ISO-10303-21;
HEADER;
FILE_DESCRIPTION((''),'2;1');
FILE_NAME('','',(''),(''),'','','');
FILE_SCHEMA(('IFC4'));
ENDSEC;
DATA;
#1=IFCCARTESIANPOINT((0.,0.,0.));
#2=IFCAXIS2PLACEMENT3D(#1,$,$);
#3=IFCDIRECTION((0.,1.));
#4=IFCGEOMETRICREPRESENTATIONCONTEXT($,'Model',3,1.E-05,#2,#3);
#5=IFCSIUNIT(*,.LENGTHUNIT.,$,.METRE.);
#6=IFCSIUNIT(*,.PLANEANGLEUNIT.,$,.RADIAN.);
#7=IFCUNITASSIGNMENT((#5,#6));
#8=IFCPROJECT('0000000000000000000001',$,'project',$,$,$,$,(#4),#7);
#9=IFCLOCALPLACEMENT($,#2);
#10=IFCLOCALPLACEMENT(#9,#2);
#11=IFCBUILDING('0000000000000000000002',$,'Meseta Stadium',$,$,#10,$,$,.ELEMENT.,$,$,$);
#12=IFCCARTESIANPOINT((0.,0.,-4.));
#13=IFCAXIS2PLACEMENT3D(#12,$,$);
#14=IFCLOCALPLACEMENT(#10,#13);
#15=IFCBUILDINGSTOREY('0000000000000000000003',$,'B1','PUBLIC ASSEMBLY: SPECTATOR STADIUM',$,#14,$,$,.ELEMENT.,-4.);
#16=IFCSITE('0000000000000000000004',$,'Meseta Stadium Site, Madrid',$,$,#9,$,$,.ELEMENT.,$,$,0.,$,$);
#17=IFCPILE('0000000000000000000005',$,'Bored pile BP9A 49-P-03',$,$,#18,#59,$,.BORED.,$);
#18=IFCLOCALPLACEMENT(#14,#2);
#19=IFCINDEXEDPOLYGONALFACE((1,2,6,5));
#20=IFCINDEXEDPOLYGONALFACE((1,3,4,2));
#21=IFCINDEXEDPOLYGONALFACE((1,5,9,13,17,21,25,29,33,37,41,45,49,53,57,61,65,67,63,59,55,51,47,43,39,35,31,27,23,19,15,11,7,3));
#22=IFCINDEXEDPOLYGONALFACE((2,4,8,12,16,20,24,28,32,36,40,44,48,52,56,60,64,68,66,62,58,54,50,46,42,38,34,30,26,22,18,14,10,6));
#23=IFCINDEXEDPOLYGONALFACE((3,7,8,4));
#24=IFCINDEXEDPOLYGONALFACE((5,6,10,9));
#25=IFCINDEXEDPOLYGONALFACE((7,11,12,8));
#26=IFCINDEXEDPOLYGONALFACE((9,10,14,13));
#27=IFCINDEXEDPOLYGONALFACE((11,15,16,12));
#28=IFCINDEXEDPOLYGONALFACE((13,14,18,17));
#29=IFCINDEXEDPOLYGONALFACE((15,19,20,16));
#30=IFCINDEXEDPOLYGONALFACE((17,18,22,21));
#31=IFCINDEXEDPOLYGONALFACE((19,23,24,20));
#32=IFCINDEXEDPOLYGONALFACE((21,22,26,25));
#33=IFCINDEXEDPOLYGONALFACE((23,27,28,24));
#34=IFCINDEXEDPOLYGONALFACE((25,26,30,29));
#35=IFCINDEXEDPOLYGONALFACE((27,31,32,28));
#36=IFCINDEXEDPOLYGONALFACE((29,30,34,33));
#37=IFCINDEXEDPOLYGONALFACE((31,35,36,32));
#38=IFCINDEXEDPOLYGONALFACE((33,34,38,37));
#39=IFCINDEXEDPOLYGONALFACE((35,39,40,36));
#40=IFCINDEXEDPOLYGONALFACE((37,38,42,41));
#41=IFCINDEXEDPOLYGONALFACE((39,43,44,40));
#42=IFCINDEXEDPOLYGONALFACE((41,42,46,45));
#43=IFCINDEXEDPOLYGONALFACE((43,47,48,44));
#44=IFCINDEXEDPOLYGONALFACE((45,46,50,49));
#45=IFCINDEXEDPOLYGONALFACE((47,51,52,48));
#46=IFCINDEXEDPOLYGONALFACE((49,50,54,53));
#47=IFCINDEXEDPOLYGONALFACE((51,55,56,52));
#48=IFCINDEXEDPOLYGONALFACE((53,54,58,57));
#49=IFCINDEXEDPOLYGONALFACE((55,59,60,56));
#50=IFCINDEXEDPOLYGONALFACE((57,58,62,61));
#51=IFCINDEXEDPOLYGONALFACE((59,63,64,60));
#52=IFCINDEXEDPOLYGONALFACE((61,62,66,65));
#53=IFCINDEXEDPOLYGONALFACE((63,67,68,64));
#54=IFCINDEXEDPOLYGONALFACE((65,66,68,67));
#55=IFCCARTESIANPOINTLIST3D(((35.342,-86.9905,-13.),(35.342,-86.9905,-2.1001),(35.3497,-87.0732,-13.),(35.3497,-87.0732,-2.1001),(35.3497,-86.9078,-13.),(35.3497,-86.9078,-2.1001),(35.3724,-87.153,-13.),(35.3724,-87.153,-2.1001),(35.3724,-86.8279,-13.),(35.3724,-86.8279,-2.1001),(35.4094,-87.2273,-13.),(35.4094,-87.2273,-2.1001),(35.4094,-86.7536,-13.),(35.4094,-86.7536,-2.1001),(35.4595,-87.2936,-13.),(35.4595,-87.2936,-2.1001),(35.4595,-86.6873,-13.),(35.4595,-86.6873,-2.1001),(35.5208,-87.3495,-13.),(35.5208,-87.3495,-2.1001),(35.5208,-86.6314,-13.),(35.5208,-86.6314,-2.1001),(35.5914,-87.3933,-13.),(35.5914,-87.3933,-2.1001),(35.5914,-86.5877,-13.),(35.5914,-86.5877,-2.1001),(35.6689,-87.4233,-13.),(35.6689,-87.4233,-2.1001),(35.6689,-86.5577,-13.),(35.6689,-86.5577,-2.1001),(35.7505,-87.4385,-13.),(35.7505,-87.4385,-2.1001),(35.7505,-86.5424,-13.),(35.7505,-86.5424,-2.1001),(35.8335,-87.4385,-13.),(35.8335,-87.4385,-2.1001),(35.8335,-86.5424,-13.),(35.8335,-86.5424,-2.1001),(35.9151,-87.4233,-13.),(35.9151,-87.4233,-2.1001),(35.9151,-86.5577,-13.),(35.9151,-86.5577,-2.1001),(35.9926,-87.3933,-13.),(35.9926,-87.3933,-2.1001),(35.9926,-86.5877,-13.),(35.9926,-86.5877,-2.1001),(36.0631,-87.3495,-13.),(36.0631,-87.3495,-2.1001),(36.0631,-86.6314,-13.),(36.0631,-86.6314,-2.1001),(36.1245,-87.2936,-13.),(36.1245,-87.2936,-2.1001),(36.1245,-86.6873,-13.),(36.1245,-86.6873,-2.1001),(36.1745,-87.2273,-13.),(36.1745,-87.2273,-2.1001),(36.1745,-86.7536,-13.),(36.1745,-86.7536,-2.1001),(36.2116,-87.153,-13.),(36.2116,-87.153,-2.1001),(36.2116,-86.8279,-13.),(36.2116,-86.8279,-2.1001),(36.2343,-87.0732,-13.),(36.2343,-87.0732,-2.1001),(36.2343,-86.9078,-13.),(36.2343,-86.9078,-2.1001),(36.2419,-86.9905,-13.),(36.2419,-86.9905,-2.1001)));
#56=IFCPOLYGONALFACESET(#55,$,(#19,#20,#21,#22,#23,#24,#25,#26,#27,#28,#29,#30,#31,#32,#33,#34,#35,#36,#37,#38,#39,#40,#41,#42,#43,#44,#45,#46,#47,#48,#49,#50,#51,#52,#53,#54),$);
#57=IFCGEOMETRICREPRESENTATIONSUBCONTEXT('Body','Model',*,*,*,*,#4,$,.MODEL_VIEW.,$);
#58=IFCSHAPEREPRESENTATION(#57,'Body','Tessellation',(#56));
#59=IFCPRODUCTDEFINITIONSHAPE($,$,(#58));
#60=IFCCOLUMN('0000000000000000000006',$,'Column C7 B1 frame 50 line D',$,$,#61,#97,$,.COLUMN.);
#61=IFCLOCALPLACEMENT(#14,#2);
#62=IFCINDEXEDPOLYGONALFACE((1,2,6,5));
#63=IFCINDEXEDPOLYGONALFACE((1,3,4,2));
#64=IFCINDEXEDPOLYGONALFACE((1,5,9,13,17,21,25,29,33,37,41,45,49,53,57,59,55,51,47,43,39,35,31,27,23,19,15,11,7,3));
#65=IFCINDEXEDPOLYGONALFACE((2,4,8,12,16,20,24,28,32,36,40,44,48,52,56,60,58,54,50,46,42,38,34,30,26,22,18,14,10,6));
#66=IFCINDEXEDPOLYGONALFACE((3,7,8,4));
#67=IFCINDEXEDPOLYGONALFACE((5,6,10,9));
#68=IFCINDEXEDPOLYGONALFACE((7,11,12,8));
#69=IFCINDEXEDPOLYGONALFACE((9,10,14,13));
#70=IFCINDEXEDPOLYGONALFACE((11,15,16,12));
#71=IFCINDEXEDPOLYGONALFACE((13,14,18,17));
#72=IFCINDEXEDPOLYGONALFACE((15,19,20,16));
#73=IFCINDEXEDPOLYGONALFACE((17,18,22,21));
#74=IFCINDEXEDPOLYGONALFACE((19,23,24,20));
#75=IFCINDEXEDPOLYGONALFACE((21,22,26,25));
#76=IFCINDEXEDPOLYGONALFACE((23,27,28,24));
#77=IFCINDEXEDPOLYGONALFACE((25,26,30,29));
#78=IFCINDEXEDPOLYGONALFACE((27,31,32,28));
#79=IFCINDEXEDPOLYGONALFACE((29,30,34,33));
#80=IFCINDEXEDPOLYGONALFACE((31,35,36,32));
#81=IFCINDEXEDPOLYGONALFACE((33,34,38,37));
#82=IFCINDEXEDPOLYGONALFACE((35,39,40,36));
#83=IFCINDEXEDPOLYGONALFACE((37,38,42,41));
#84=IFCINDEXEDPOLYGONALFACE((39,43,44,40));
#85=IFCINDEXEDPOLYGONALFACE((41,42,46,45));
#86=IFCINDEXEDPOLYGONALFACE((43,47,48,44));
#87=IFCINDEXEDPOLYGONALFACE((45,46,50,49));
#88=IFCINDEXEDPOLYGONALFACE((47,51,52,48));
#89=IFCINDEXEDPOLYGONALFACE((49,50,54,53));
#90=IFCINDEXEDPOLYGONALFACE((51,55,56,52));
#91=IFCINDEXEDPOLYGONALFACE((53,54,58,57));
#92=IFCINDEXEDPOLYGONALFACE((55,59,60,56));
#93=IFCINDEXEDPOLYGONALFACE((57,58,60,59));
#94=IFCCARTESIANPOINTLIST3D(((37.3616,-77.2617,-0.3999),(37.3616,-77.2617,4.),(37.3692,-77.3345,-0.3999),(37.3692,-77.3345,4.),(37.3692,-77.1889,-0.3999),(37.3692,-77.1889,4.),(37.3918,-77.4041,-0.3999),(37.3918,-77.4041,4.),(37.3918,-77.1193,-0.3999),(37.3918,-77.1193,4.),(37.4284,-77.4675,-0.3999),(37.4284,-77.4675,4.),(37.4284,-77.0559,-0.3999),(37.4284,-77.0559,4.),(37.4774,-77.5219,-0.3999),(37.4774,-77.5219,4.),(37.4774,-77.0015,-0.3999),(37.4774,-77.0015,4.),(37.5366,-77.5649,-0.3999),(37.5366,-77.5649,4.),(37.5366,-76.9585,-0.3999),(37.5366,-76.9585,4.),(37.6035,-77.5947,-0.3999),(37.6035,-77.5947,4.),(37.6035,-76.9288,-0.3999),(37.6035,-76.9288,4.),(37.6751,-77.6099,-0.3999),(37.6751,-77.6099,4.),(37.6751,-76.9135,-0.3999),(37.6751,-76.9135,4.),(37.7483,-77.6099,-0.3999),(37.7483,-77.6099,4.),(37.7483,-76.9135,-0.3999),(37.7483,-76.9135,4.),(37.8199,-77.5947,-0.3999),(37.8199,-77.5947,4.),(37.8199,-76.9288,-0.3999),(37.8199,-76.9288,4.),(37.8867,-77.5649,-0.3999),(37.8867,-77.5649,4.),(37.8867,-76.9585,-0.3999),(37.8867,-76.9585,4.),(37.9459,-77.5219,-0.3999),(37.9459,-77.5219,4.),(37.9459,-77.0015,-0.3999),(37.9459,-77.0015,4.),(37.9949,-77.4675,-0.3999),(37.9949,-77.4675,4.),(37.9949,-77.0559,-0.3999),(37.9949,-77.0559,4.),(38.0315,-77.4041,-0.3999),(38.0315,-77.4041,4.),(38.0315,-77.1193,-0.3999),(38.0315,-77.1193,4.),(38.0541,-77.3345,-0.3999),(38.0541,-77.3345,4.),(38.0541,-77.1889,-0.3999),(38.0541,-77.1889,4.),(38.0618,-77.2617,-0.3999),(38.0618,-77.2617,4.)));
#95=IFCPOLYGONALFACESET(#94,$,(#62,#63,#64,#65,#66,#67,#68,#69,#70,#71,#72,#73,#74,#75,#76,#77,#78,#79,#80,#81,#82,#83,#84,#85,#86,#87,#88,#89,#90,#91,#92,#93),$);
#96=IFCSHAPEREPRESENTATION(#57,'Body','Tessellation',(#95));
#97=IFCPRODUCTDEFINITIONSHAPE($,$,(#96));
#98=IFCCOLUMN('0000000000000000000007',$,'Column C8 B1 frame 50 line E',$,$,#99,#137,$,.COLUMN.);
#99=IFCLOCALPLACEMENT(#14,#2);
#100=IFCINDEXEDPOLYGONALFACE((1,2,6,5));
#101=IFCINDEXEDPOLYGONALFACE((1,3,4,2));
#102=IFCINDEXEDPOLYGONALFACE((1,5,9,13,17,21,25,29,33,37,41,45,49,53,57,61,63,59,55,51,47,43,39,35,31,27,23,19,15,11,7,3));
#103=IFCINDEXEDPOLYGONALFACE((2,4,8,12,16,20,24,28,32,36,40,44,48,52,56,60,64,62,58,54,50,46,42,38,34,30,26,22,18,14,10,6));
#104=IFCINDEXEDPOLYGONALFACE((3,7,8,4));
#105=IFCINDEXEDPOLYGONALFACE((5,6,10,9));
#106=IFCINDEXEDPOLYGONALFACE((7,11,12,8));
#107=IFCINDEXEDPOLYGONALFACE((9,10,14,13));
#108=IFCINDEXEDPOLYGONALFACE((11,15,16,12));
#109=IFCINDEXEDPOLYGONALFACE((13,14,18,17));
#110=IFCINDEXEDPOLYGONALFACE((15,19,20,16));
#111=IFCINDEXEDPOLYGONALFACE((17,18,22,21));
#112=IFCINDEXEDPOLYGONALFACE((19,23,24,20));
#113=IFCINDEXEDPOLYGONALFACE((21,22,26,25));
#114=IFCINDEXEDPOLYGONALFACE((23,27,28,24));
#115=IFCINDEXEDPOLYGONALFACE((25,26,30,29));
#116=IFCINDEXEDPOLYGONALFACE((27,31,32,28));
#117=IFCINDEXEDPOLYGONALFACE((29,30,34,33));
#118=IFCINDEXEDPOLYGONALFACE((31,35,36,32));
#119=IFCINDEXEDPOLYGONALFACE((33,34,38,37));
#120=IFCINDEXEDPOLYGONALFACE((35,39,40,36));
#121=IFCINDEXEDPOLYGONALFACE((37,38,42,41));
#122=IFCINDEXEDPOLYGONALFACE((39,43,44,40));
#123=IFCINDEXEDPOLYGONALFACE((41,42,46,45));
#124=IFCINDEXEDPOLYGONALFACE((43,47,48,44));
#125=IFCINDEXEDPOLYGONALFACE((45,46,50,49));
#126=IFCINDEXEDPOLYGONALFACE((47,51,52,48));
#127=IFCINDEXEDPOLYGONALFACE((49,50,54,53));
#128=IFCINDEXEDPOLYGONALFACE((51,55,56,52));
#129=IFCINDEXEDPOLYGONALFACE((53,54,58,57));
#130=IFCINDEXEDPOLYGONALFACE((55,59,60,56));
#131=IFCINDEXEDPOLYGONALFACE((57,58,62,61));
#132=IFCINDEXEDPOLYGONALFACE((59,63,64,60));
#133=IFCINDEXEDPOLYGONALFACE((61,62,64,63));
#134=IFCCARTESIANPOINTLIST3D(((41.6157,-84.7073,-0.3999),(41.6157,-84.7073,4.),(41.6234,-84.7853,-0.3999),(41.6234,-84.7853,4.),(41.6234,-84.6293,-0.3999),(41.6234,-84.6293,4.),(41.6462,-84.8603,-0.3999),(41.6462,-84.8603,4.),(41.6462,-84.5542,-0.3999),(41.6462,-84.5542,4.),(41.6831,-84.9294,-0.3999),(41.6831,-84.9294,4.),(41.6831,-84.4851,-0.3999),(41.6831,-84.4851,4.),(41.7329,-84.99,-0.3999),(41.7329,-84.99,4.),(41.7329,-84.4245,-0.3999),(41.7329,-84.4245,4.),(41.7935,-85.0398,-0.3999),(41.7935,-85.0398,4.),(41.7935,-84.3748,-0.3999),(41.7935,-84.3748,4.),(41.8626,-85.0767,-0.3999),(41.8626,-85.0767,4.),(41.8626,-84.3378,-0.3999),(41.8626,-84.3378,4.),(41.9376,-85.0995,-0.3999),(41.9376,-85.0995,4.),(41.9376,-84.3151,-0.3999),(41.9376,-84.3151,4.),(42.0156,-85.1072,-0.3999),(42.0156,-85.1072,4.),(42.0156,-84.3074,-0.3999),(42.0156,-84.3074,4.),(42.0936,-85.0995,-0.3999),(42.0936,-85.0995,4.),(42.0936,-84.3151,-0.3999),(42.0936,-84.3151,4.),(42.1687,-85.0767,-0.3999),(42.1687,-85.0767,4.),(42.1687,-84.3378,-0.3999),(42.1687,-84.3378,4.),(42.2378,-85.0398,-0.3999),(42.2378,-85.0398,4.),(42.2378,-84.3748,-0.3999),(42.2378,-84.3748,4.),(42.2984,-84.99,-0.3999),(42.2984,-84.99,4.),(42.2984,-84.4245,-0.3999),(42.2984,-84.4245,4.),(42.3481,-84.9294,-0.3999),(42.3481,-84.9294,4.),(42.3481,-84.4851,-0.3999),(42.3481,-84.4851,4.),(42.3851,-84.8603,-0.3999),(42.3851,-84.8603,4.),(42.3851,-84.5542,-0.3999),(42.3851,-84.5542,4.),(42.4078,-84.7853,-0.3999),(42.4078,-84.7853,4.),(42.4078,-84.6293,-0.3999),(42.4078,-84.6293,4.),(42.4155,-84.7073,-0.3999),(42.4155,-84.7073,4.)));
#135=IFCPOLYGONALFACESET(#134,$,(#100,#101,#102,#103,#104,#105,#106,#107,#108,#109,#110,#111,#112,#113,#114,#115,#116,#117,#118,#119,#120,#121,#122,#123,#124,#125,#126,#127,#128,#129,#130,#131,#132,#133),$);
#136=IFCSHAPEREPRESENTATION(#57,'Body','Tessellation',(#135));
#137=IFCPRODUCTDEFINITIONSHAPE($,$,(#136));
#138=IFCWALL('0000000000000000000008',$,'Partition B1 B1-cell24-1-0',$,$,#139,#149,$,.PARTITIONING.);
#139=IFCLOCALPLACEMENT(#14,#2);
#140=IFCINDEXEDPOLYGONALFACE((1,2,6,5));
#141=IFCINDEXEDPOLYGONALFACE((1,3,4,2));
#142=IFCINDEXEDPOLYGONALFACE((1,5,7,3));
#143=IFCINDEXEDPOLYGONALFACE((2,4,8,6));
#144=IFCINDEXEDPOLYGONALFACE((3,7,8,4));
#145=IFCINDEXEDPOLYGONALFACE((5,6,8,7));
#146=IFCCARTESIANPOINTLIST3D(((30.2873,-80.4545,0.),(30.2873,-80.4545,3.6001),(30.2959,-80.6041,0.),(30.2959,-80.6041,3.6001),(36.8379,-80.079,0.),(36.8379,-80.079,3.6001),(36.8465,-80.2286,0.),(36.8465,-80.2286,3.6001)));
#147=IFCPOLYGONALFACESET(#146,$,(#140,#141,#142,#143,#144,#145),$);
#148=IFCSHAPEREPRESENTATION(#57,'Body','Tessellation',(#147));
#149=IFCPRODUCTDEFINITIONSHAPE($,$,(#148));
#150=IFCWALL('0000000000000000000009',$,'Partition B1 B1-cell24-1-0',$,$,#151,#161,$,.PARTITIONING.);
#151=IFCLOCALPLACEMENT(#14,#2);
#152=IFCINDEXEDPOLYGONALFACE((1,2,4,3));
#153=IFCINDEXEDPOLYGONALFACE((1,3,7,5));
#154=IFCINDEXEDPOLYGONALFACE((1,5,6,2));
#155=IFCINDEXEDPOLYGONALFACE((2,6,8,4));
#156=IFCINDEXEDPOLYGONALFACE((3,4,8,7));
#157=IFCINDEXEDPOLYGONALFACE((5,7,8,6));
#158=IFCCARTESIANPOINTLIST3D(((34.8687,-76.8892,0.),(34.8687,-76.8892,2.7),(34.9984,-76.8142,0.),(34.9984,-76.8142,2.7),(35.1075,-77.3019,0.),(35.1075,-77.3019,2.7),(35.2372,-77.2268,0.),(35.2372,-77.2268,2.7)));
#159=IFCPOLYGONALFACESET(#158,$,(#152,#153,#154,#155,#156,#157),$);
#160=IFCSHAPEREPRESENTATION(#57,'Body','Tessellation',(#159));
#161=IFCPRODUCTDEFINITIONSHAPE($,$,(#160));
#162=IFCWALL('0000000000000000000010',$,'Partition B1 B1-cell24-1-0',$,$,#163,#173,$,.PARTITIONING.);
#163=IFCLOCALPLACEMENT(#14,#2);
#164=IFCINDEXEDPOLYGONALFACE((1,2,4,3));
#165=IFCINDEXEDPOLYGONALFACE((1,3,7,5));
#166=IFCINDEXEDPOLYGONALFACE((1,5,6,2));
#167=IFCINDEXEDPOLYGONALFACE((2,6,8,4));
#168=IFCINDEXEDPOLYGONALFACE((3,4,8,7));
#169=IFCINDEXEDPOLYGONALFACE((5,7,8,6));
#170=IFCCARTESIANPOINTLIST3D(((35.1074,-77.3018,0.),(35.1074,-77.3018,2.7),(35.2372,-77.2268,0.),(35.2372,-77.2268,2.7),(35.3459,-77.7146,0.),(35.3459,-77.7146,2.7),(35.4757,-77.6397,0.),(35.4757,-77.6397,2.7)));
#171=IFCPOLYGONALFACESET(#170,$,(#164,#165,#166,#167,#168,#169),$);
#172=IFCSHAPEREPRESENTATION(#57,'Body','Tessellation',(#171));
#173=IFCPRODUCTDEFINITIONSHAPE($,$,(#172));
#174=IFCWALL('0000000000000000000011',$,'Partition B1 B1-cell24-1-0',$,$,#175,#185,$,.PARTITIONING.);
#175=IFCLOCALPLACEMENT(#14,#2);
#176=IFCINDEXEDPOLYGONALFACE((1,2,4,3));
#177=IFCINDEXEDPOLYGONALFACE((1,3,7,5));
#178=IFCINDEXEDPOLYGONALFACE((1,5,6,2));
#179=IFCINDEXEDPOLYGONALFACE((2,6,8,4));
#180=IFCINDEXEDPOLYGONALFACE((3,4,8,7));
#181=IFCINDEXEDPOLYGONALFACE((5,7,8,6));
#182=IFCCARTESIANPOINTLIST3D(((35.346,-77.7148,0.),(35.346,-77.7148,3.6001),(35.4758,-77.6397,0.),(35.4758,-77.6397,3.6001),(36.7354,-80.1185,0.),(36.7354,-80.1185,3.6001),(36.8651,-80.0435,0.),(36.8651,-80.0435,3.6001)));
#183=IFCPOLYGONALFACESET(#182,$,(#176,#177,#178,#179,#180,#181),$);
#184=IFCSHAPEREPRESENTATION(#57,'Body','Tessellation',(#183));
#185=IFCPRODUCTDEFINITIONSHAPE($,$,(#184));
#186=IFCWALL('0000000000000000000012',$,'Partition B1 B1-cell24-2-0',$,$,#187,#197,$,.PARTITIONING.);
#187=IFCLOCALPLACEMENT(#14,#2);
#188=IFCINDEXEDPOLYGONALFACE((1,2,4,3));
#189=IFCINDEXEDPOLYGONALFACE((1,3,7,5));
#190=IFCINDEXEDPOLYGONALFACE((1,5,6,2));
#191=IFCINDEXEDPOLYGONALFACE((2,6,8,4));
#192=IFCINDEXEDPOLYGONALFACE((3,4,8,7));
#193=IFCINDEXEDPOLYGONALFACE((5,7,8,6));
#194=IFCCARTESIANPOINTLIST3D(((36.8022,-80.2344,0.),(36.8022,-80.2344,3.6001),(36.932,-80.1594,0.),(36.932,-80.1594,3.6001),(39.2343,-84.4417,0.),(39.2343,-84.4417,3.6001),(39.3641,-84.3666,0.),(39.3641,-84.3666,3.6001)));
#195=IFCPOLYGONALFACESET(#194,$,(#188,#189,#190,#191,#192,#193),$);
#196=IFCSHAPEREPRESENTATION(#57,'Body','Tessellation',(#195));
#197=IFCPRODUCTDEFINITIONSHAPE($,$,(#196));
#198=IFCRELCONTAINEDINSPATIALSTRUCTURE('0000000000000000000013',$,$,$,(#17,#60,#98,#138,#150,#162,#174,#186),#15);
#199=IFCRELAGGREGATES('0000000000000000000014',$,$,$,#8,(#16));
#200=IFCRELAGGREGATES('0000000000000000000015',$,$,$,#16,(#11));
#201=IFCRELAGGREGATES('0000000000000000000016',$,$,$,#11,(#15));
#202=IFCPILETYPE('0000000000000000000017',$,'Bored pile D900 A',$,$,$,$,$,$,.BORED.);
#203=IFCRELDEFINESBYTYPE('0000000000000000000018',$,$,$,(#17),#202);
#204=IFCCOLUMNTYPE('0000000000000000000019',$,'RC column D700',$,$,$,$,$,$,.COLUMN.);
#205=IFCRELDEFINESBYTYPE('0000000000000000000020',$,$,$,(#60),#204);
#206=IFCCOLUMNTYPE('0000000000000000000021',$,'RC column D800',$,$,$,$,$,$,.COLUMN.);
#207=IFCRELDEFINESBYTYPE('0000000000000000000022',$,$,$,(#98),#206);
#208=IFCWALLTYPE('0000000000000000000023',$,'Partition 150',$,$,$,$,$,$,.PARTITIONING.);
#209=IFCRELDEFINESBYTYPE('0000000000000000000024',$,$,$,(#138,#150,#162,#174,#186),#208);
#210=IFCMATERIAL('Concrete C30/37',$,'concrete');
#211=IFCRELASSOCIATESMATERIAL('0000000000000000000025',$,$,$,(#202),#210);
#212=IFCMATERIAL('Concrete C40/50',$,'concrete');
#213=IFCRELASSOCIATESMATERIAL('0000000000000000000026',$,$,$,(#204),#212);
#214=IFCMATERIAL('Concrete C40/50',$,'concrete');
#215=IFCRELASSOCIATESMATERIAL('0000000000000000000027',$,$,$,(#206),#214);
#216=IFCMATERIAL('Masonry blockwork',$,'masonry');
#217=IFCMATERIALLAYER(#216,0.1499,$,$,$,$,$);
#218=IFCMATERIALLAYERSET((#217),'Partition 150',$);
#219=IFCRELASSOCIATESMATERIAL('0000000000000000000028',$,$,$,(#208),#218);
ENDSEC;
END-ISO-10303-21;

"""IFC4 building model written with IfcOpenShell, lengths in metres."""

from ifc_helpers import new_model, si_unit, direction, frame, frame_2d, origin, origin_2d, place, context, subcontext, project, spatial, rectangle, circle, extrude, material, layer, layer_set, material_profile, profile_set, type_object, element, save


model = new_model("IFC4")

# Units and contexts
model_context = context("Model", 3, precision=1e-05, world=origin(), true_north=direction((0.0, 1.0)))
body_context = subcontext(model_context, "Body", "Model", "MODEL_VIEW")
ifc_project = project(units=[si_unit("LENGTHUNIT", "METRE"), si_unit("PLANEANGLEUNIT", "RADIAN")], contexts=[model_context])

# Site, building, storey
site_placement = place(None, origin())
site = spatial("IfcSite", under=ifc_project, at=site_placement, Name="Meseta Stadium Site, Madrid", CompositionType="ELEMENT", RefElevation=0.0)
building_placement = place(site_placement, origin())
building = spatial("IfcBuilding", under=site, at=building_placement, Name="Meseta Stadium", CompositionType="ELEMENT")
storey_placement = place(building_placement, frame((0.0, 0.0, -4.0)))
storey = spatial("IfcBuildingStorey", under=building, at=storey_placement, Name="B1", Description="PUBLIC ASSEMBLY: SPECTATOR STADIUM", CompositionType="ELEMENT", Elevation=-4.0)

# Pile
ifc_material_1 = material(Name="Concrete C30/37", Category="concrete")
ifc_material_profile_1 = material_profile(ifc_material_1, circle(Radius=0.45, at=origin_2d()), Name="D900")
ifc_profile_set_1 = profile_set([ifc_material_profile_1], Name="Concrete C30/37")
pile_type = type_object("IfcPileType", Name="Bored pile D900 A", PredefinedType="BORED", material=ifc_profile_set_1)
pile_placement = place(storey_placement, frame((35.792, -86.9905, -2.1001), z_axis=(0.0, 0.0, -1.0), x_axis=(1.0, 0.0, 0.0)))
element("IfcPile", 1, at=pile_placement, inside=storey, type_object=pile_type, Name="Bored pile BP9A 49-P-03", PredefinedType="BORED", context=body_context, shape_type="SweptSolid", body=[
    extrude(circle(Radius=0.45, at=origin_2d()), origin(), (0.0, 0.0, 1.0), 10.8999),
])

# Columns
ifc_material_2 = material(Name="Concrete C40/50", Category="concrete")
ifc_material_profile_2 = material_profile(ifc_material_2, circle(Radius=0.3501, at=origin_2d()), Name="RC D700")
ifc_profile_set_2 = profile_set([ifc_material_profile_2], Name="Concrete C40/50")
column_type_1 = type_object("IfcColumnType", Name="RC column D700", PredefinedType="COLUMN", material=ifc_profile_set_2)
column_1_placement = place(storey_placement, frame((37.7117, -77.2617, -0.3999), z_axis=(0.0, 0.0, 1.0), x_axis=(1.0, 0.0, 0.0)))
element("IfcColumn", 2, at=column_1_placement, inside=storey, type_object=column_type_1, Name="Column C7 B1 frame 50 line D", PredefinedType="COLUMN", context=body_context, shape_type="SweptSolid", body=[
    extrude(circle(Radius=0.3501, at=origin_2d()), origin(), (0.0, 0.0, 1.0), 4.3999),
])
ifc_material_3 = material(Name="Concrete C40/50", Category="concrete")
ifc_material_profile_3 = material_profile(ifc_material_3, circle(Radius=0.3999, at=origin_2d()), Name="RC D800")
ifc_profile_set_3 = profile_set([ifc_material_profile_3], Name="Concrete C40/50")
column_type_2 = type_object("IfcColumnType", Name="RC column D800", PredefinedType="COLUMN", material=ifc_profile_set_3)
column_2_placement = place(storey_placement, frame((42.0156, -84.7073, -0.3999), z_axis=(0.0, 0.0, 1.0), x_axis=(1.0, 0.0, 0.0)))
element("IfcColumn", 3, at=column_2_placement, inside=storey, type_object=column_type_2, Name="Column C8 B1 frame 50 line E", PredefinedType="COLUMN", context=body_context, shape_type="SweptSolid", body=[
    extrude(circle(Radius=0.3999, at=origin_2d()), origin(), (0.0, 0.0, 1.0), 4.3999),
])

# Walls
ifc_material_4 = material(Name="Masonry blockwork", Category="masonry")
ifc_layer = layer(ifc_material_4, 0.1499)
ifc_layer_set = layer_set([ifc_layer], Name="Partition 150")
wall_type = type_object("IfcWallType", Name="Partition 150", PredefinedType="PARTITIONING", material=ifc_layer_set)
wall_1_placement = place(storey_placement, frame((36.8423, -80.1538, 0.0), z_axis=(0.0, 0.0, 1.0), x_axis=(-0.998361, -0.057228, 0.0)))
element("IfcWall", 4, at=wall_1_placement, inside=storey, type_object=wall_type, Name="Partition B1 B1-cell24-1-0", PredefinedType="PARTITIONING", context=body_context, shape_type="SweptSolid", body=[
    extrude(rectangle(XDim=6.5613, YDim=0.1499, at=frame_2d((3.2808, 0.0))), origin(), (0.0, 0.0, 1.0), 3.6001),
])
for number, where, z_axis, x_axis, name in (
    (5, (34.9336, -76.8518, 0.0), (0.0, 0.0, 1.0), (0.500875, -0.86552, 0.0), "Partition B1 B1-cell24-1-0"),
    (6, (35.1724, -77.2644, 0.0), (0.0, 0.0, 1.0), (0.500269, -0.86587, 0.0), "Partition B1 B1-cell24-1-0"),
):
    element("IfcWall", number, at=place(storey_placement, frame(where, z_axis=z_axis, x_axis=x_axis)), inside=storey, type_object=wall_type, Name=name, PredefinedType="PARTITIONING", context=body_context, shape_type="SweptSolid", body=[
        extrude(rectangle(XDim=0.4768, YDim=0.1499, at=frame_2d((0.2383, 0.0))), origin(), (0.0, 0.0, 1.0), 2.7),
    ])
wall_2_placement = place(storey_placement, frame((35.4109, -77.6772, 0.0), z_axis=(0.0, 0.0, 1.0), x_axis=(0.500423, -0.865781, 0.0)))
element("IfcWall", 7, at=wall_2_placement, inside=storey, type_object=wall_type, Name="Partition B1 B1-cell24-1-0", PredefinedType="PARTITIONING", context=body_context, shape_type="SweptSolid", body=[
    extrude(rectangle(XDim=2.7764, YDim=0.1499, at=frame_2d((1.3882, 0.0))), origin(), (0.0, 0.0, 1.0), 3.6001),
])
wall_3_placement = place(storey_placement, frame((36.8672, -80.197, 0.0), z_axis=(0.0, 0.0, 1.0), x_axis=(0.500472, -0.865753, 0.0)))
element("IfcWall", 8, at=wall_3_placement, inside=storey, type_object=wall_type, Name="Partition B1 B1-cell24-2-0", PredefinedType="PARTITIONING", context=body_context, shape_type="SweptSolid", body=[
    extrude(rectangle(XDim=4.8596, YDim=0.1499, at=frame_2d((2.4297, 0.0))), origin(), (0.0, 0.0, 1.0), 3.6001),
])

save(model, "model.ifc")
